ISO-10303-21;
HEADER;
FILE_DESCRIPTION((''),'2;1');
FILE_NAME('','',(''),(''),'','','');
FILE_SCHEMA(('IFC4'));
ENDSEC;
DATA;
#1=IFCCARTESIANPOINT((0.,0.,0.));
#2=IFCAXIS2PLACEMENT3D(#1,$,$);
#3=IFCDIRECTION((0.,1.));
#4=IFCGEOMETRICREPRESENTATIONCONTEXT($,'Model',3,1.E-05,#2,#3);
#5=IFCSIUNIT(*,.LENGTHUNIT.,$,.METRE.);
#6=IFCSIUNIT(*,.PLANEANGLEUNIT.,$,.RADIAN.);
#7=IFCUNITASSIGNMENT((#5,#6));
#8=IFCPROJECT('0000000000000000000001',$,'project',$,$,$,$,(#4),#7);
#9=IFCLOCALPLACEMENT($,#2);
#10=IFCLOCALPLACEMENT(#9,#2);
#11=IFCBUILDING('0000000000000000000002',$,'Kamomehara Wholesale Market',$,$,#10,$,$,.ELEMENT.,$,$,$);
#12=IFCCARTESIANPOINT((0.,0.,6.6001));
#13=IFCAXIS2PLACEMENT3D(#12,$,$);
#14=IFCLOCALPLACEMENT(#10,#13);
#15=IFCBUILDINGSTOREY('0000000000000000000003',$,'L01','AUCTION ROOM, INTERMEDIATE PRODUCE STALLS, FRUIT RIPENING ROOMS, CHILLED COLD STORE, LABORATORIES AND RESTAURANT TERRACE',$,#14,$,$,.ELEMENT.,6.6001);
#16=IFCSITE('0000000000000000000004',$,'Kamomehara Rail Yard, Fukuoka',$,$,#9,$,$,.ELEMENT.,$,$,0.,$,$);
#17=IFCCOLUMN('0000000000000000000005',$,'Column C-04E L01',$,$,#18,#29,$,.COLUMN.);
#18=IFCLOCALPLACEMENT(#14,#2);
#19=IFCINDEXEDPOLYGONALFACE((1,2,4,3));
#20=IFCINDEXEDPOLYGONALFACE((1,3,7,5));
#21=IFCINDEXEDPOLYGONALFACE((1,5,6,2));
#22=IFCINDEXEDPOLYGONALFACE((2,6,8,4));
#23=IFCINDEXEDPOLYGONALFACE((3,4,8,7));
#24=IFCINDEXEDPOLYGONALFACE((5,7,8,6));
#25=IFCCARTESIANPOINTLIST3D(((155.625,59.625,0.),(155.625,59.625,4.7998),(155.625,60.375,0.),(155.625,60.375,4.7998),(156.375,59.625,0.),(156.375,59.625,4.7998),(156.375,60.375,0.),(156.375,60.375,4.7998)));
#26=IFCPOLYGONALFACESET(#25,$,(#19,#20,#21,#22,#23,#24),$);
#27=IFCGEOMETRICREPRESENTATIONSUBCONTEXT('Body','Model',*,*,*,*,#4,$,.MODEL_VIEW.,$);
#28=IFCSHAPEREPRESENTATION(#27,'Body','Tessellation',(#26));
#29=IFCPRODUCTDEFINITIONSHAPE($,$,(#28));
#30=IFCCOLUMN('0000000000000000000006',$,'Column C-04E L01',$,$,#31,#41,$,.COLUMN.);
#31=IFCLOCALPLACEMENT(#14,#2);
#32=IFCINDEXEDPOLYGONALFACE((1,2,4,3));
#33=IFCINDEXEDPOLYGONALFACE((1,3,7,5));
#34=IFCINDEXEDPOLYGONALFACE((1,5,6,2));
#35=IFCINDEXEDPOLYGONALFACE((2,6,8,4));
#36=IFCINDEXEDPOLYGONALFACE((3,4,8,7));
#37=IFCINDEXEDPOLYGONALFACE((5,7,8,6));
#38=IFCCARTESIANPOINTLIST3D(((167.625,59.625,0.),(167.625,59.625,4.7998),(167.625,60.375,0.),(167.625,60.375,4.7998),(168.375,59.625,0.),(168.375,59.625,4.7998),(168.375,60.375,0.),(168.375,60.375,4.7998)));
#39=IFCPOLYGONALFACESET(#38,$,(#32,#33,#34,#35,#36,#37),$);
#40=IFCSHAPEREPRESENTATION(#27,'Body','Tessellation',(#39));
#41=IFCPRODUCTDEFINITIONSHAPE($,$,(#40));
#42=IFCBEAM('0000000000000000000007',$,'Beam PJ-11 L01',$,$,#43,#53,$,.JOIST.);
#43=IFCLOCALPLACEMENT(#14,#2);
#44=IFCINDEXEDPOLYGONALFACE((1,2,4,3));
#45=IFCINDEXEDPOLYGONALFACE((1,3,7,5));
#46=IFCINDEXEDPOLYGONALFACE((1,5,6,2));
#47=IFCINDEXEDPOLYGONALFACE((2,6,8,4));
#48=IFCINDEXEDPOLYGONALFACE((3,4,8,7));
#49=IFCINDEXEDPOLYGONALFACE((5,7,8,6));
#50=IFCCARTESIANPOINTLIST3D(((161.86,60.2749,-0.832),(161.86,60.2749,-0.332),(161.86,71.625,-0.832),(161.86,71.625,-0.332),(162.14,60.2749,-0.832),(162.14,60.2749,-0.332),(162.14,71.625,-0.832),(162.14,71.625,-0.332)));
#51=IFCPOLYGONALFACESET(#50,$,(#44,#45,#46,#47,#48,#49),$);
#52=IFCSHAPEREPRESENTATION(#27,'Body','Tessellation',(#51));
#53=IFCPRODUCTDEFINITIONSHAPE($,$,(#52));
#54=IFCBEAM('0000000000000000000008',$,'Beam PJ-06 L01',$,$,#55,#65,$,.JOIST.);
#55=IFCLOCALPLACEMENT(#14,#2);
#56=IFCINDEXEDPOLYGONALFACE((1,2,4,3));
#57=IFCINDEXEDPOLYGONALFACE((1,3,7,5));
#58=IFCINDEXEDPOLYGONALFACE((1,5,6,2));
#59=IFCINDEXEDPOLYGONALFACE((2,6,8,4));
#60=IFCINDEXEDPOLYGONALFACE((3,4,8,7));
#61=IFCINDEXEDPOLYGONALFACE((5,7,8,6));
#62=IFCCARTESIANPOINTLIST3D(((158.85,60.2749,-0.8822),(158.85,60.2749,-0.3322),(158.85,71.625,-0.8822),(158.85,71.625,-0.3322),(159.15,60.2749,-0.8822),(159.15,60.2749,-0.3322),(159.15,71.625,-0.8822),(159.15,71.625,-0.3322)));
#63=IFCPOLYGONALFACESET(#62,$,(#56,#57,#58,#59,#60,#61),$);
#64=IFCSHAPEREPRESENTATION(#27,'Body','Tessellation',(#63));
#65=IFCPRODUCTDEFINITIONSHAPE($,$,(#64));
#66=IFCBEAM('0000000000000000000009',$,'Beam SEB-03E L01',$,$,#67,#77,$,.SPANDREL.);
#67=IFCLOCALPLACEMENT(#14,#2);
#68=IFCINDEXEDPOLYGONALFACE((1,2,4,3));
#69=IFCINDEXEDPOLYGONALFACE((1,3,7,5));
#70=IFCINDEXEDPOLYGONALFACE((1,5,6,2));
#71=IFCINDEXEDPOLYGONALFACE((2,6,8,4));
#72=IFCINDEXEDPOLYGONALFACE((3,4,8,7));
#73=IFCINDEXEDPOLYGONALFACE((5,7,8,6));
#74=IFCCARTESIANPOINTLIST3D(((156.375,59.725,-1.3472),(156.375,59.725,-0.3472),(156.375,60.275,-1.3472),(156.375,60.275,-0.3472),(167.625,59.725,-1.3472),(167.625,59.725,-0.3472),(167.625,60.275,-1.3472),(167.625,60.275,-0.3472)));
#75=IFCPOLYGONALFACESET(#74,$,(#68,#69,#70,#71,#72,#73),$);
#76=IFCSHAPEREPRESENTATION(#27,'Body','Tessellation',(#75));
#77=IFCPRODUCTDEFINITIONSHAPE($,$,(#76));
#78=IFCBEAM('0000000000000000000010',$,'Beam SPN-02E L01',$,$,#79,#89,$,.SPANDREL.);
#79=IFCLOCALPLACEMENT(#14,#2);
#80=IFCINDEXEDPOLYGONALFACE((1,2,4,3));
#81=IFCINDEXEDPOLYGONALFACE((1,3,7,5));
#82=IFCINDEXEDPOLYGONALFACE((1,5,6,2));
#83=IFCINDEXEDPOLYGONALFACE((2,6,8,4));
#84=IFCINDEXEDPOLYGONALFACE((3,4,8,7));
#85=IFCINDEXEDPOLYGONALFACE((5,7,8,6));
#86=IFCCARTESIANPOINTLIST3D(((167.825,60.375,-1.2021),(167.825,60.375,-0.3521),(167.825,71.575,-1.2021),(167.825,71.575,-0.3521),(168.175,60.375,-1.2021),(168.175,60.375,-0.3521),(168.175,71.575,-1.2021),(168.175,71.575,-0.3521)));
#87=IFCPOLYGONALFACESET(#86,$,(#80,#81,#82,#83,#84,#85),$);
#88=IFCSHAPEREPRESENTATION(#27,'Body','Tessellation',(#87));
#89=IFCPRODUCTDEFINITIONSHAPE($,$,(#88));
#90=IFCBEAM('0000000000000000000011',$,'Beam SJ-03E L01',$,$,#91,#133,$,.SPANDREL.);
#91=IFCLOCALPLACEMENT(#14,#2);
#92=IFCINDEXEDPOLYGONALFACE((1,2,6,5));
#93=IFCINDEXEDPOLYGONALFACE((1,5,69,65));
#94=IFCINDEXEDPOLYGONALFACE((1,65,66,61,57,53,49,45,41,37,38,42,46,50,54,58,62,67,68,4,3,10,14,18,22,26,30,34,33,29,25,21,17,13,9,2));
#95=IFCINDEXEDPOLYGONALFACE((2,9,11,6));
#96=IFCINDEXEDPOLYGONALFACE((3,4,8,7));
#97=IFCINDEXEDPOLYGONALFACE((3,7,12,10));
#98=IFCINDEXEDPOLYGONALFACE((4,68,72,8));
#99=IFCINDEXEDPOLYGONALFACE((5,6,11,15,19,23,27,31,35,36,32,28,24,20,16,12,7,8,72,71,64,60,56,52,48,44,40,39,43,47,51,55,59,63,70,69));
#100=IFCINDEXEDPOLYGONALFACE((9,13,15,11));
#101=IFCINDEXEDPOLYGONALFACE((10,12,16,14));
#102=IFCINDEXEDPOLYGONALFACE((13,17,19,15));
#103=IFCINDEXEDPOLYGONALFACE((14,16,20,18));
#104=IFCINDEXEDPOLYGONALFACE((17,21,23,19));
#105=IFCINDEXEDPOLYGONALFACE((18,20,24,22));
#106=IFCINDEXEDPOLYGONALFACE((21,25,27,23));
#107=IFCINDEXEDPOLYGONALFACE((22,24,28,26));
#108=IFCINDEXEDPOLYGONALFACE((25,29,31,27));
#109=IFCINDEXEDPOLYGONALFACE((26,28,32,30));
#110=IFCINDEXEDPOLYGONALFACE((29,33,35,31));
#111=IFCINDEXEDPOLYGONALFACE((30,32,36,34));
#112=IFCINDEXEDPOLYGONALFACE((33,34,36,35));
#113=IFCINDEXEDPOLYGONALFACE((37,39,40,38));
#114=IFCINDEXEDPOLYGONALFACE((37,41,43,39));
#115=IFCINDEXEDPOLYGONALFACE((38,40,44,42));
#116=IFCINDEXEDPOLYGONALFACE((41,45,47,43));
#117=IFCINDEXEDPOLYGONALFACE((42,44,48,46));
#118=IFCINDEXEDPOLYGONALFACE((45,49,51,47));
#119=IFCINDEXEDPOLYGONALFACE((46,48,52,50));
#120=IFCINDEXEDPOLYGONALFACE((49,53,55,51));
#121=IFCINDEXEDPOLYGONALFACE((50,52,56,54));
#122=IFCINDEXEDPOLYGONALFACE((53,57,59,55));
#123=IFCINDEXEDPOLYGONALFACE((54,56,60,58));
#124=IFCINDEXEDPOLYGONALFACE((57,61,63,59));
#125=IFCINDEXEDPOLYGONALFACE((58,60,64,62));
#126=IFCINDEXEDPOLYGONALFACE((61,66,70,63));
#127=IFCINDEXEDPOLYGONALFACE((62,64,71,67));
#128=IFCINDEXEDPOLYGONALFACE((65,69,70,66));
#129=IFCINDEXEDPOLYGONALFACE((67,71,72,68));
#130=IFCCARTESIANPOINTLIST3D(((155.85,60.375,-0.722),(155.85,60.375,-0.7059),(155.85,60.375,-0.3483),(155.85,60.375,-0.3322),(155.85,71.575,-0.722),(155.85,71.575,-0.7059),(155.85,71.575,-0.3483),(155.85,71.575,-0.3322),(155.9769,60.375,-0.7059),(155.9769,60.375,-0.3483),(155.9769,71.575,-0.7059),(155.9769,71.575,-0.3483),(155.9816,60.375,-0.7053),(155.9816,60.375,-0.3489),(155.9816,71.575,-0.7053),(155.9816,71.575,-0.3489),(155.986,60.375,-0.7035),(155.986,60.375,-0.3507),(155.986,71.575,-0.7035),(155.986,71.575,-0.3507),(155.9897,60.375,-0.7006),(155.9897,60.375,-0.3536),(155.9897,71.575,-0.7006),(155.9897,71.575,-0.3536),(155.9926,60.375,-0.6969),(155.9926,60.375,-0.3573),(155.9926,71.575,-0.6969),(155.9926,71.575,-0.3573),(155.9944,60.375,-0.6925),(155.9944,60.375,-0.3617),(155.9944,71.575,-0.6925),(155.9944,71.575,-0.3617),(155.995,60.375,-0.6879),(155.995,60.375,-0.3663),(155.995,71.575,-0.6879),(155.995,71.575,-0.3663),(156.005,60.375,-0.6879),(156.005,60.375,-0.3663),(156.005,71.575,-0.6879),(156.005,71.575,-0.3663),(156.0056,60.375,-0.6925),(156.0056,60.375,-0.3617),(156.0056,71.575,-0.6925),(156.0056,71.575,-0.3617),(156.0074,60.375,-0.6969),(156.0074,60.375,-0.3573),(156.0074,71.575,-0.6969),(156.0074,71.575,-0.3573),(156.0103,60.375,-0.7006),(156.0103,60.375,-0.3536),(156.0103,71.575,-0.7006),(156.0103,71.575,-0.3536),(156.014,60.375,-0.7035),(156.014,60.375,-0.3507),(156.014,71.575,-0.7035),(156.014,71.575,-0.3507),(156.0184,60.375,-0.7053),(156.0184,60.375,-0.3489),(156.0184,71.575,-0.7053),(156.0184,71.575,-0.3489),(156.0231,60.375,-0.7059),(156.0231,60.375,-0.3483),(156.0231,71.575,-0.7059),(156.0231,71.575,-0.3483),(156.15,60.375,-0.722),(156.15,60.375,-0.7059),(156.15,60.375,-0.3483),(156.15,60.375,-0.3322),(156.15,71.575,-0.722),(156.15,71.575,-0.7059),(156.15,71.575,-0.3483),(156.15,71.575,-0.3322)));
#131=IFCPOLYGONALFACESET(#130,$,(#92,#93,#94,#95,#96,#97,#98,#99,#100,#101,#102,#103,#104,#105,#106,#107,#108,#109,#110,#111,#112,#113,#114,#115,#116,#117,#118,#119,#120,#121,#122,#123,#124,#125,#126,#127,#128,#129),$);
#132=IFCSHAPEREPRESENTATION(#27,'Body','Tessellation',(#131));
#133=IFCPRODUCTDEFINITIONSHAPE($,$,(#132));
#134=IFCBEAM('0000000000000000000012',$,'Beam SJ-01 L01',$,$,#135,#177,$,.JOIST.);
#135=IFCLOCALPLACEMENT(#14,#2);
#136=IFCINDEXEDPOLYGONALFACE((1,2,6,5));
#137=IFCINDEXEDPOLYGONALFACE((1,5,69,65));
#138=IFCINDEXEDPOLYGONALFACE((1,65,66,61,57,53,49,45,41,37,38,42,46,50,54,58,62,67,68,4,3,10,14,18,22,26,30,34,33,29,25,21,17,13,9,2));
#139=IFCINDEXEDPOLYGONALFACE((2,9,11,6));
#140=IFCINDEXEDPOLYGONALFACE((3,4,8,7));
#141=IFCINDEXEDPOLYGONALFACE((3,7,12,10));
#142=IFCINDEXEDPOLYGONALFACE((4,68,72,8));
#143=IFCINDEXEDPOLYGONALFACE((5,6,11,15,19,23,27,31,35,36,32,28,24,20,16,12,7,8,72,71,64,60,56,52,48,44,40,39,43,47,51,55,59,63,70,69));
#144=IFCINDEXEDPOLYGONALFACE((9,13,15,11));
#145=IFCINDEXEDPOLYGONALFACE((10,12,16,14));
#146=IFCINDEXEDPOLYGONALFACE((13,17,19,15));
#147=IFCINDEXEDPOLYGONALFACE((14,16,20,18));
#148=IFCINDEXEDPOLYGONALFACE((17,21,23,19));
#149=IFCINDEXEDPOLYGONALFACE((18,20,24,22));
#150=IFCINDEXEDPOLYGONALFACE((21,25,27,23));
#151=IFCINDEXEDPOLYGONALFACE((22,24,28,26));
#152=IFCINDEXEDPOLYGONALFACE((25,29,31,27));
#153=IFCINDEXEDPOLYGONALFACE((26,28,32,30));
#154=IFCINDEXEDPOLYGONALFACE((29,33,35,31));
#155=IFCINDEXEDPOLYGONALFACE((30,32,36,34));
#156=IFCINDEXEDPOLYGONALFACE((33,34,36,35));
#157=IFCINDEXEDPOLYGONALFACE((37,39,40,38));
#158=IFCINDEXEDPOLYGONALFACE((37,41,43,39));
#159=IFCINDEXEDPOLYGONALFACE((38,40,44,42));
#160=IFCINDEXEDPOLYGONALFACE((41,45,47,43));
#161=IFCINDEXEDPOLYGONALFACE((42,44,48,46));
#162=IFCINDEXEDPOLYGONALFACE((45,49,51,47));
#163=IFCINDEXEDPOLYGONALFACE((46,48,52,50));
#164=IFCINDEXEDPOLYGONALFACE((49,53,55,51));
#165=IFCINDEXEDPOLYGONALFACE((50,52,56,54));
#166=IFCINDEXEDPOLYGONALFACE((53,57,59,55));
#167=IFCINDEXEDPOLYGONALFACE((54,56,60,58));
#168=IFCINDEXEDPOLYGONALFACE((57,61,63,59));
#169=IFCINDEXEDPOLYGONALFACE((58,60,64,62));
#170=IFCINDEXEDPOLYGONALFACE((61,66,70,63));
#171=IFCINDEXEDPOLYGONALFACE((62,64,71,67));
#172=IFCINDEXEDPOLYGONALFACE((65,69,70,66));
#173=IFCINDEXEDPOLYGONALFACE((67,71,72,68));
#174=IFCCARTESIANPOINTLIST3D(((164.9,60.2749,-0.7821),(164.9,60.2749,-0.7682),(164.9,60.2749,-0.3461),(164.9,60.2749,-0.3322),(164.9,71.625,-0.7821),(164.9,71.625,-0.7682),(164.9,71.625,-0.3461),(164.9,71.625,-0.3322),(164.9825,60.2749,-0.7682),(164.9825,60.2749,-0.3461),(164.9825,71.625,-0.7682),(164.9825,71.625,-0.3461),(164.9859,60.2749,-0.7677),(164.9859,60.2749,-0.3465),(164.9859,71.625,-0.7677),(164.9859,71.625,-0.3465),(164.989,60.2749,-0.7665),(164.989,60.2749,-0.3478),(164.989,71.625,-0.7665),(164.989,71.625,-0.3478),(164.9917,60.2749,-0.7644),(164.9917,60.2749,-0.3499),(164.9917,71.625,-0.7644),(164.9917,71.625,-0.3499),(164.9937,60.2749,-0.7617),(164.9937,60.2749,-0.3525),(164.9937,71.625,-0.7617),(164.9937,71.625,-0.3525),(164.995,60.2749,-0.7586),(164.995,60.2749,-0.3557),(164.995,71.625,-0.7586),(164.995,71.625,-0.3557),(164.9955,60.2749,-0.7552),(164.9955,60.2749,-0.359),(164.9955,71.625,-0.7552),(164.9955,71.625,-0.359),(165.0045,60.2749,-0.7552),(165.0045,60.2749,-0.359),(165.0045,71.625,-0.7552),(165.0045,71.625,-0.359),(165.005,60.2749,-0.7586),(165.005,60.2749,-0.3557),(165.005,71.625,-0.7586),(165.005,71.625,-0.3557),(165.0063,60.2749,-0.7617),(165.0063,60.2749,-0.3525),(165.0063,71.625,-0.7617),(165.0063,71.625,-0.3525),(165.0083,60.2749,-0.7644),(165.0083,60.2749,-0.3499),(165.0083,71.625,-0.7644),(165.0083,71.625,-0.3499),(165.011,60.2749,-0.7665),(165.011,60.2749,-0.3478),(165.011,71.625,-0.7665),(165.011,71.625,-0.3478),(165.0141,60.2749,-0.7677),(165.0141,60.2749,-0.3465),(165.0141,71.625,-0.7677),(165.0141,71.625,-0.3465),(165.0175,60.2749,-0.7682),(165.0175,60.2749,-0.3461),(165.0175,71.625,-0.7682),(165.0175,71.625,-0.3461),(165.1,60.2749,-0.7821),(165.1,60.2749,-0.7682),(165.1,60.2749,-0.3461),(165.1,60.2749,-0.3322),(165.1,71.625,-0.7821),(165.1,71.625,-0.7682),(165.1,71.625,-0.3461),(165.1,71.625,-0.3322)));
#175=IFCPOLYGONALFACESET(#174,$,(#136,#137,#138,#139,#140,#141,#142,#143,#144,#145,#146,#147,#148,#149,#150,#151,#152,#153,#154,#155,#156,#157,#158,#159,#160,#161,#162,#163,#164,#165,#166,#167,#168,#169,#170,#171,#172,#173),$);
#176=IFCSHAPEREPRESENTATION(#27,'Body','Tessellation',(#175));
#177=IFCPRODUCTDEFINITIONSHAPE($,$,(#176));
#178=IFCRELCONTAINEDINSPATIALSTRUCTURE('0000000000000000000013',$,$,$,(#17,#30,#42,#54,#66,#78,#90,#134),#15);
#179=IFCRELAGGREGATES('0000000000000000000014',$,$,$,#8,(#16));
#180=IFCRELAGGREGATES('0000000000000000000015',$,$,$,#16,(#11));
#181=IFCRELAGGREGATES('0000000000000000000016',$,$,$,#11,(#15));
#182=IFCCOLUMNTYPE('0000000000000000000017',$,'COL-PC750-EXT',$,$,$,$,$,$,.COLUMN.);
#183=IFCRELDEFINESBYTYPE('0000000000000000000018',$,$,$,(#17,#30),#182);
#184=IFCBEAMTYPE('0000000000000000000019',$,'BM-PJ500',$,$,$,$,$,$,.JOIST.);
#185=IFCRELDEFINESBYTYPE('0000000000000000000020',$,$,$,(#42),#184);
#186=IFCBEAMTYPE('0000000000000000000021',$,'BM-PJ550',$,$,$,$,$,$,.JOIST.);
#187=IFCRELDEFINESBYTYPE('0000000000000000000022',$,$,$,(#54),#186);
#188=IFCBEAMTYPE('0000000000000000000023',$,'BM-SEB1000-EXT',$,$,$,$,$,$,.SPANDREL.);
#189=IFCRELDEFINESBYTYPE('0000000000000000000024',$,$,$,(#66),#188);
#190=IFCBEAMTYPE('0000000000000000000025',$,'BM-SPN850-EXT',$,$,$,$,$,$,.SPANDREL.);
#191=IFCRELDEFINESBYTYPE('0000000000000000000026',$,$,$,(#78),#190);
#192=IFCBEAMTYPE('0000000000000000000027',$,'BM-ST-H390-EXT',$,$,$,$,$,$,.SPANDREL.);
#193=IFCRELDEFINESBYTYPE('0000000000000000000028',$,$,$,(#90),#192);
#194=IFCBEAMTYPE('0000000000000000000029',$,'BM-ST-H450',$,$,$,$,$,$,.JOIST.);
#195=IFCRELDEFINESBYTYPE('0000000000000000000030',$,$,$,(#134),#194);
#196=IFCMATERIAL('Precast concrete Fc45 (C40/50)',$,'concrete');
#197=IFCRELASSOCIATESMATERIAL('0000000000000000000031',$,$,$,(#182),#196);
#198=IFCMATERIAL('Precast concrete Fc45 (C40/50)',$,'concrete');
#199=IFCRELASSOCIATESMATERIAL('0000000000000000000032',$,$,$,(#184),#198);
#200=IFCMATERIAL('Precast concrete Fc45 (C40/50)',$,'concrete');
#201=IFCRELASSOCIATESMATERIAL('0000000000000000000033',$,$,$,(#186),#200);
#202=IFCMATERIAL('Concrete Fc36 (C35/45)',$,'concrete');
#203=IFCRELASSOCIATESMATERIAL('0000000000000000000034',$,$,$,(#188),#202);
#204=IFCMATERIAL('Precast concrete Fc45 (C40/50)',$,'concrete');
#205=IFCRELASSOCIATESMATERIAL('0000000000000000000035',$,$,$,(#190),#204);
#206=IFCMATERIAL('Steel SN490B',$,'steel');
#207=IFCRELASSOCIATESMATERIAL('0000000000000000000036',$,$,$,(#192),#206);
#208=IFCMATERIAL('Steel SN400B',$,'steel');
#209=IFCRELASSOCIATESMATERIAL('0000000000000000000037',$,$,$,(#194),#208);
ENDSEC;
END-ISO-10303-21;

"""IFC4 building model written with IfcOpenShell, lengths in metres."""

from ifc_helpers import new_model, si_unit, direction, frame, origin, origin_2d, place, context, subcontext, project, spatial, rectangle, i_section, extrude, material, material_profile, profile_set, type_object, element, save


model = new_model("IFC4")

# Units and contexts
model_context = context("Model", 3, precision=1e-05, world=origin(), true_north=direction((0.0, 1.0)))
body_context = subcontext(model_context, "Body", "Model", "MODEL_VIEW")
ifc_project = project(units=[si_unit("LENGTHUNIT", "METRE"), si_unit("PLANEANGLEUNIT", "RADIAN")], contexts=[model_context])

# Site, building, storey
site_placement = place(None, origin())
site = spatial("IfcSite", under=ifc_project, at=site_placement, Name="Kamomehara Rail Yard, Fukuoka", CompositionType="ELEMENT", RefElevation=0.0)
building_placement = place(site_placement, origin())
building = spatial("IfcBuilding", under=site, at=building_placement, Name="Kamomehara Wholesale Market", CompositionType="ELEMENT")
storey_placement = place(building_placement, frame((0.0, 0.0, 6.6001)))
storey = spatial("IfcBuildingStorey", under=building, at=storey_placement, Name="L01", Description="AUCTION ROOM, INTERMEDIATE PRODUCE STALLS, FRUIT RIPENING ROOMS, CHILLED COLD STORE, LABORATORIES AND RESTAURANT TERRACE", CompositionType="ELEMENT", Elevation=6.6001)

# Columns
ifc_material_1 = material(Name="Precast concrete Fc45 (C40/50)", Category="concrete")
ifc_material_profile_1 = material_profile(ifc_material_1, rectangle(XDim=0.75, YDim=0.75, at=origin_2d()), Name="PC-COL-750x750")
ifc_profile_set_1 = profile_set([ifc_material_profile_1], Name="Precast concrete Fc45 (C40/50)")
column_type = type_object("IfcColumnType", Name="COL-PC750-EXT", PredefinedType="COLUMN", material=ifc_profile_set_1)
for number, where, z_axis, x_axis, name in (
    (1, (156.0, 60.0, 0.0), (0.0, 0.0, 1.0), (1.0, 0.0, 0.0), "Column C-04E L01"),
    (2, (168.0, 60.0, 0.0), (0.0, 0.0, 1.0), (1.0, 0.0, 0.0), "Column C-04E L01"),
):
    element("IfcColumn", number, at=place(storey_placement, frame(where, z_axis=z_axis, x_axis=x_axis)), inside=storey, type_object=column_type, Name=name, PredefinedType="COLUMN", context=body_context, shape_type="SweptSolid", body=[
        extrude(rectangle(XDim=0.75, YDim=0.75, at=origin_2d()), origin(), (0.0, 0.0, 1.0), 4.7998),
    ])

# Beams
ifc_material_2 = material(Name="Precast concrete Fc45 (C40/50)", Category="concrete")
ifc_material_profile_2 = material_profile(ifc_material_2, rectangle(XDim=0.28, YDim=0.5, at=origin_2d()), Name="PC-JST-280x500")
ifc_profile_set_2 = profile_set([ifc_material_profile_2], Name="Precast concrete Fc45 (C40/50)")
beam_type_1 = type_object("IfcBeamType", Name="BM-PJ500", PredefinedType="JOIST", material=ifc_profile_set_2)
beam_1_placement = place(storey_placement, frame((162.0, 60.2749, -0.582), z_axis=(0.0, 1.0, 0.0), x_axis=(-1.0, 0.0, 0.0)))
element("IfcBeam", 3, at=beam_1_placement, inside=storey, type_object=beam_type_1, Name="Beam PJ-11 L01", PredefinedType="JOIST", context=body_context, shape_type="SweptSolid", body=[
    extrude(rectangle(XDim=0.28, YDim=0.5, at=origin_2d()), origin(), (0.0, 0.0, 1.0), 11.3501),
])
ifc_material_3 = material(Name="Precast concrete Fc45 (C40/50)", Category="concrete")
ifc_material_profile_3 = material_profile(ifc_material_3, rectangle(XDim=0.3, YDim=0.55, at=origin_2d()), Name="PC-JST-300x550")
ifc_profile_set_3 = profile_set([ifc_material_profile_3], Name="Precast concrete Fc45 (C40/50)")
beam_type_2 = type_object("IfcBeamType", Name="BM-PJ550", PredefinedType="JOIST", material=ifc_profile_set_3)
beam_2_placement = place(storey_placement, frame((159.0, 60.2749, -0.6072), z_axis=(0.0, 1.0, 0.0), x_axis=(-1.0, 0.0, 0.0)))
element("IfcBeam", 4, at=beam_2_placement, inside=storey, type_object=beam_type_2, Name="Beam PJ-06 L01", PredefinedType="JOIST", context=body_context, shape_type="SweptSolid", body=[
    extrude(rectangle(XDim=0.3, YDim=0.55, at=origin_2d()), origin(), (0.0, 0.0, 1.0), 11.3501),
])
ifc_material_4 = material(Name="Concrete Fc36 (C35/45)", Category="concrete")
ifc_material_profile_4 = material_profile(ifc_material_4, rectangle(XDim=0.55, YDim=1.0, at=origin_2d()), Name="RC-SEB-550x1000")
ifc_profile_set_4 = profile_set([ifc_material_profile_4], Name="Concrete Fc36 (C35/45)")
beam_type_3 = type_object("IfcBeamType", Name="BM-SEB1000-EXT", PredefinedType="SPANDREL", material=ifc_profile_set_4)
beam_3_placement = place(storey_placement, frame((156.375, 60.0, -0.8472), z_axis=(1.0, 0.0, 0.0), x_axis=(0.0, 1.0, 0.0)))
element("IfcBeam", 5, at=beam_3_placement, inside=storey, type_object=beam_type_3, Name="Beam SEB-03E L01", PredefinedType="SPANDREL", context=body_context, shape_type="SweptSolid", body=[
    extrude(rectangle(XDim=0.55, YDim=1.0, at=origin_2d()), origin(), (0.0, 0.0, 1.0), 11.25),
])
ifc_material_5 = material(Name="Precast concrete Fc45 (C40/50)", Category="concrete")
ifc_material_profile_5 = material_profile(ifc_material_5, rectangle(XDim=0.3501, YDim=0.8501, at=origin_2d()), Name="PC-SPN-350x850")
ifc_profile_set_5 = profile_set([ifc_material_profile_5], Name="Precast concrete Fc45 (C40/50)")
beam_type_4 = type_object("IfcBeamType", Name="BM-SPN850-EXT", PredefinedType="SPANDREL", material=ifc_profile_set_5)
beam_4_placement = place(storey_placement, frame((168.0, 60.375, -0.7771), z_axis=(0.0, 1.0, 0.0), x_axis=(-1.0, 0.0, 0.0)))
element("IfcBeam", 6, at=beam_4_placement, inside=storey, type_object=beam_type_4, Name="Beam SPN-02E L01", PredefinedType="SPANDREL", context=body_context, shape_type="SweptSolid", body=[
    extrude(rectangle(XDim=0.3501, YDim=0.8501, at=origin_2d()), origin(), (0.0, 0.0, 1.0), 11.2),
])
ifc_material_6 = material(Name="Steel SN490B", Category="steel")
ifc_material_profile_6 = material_profile(ifc_material_6, i_section(OverallWidth=0.3, OverallDepth=0.3899, WebThickness=0.01, FlangeThickness=0.0161, FilletRadius=0.0181, at=origin_2d()), Name="H-390x300x10x16")
ifc_profile_set_6 = profile_set([ifc_material_profile_6], Name="Steel SN490B")
beam_type_5 = type_object("IfcBeamType", Name="BM-ST-H390-EXT", PredefinedType="SPANDREL", material=ifc_profile_set_6)
beam_5_placement = place(storey_placement, frame((156.0, 60.375, -0.5271), z_axis=(0.0, 1.0, 0.0), x_axis=(-1.0, 0.0, 0.0)))
element("IfcBeam", 7, at=beam_5_placement, inside=storey, type_object=beam_type_5, Name="Beam SJ-03E L01", PredefinedType="SPANDREL", context=body_context, shape_type="SweptSolid", body=[
    extrude(i_section(OverallWidth=0.3, OverallDepth=0.3899, WebThickness=0.01, FlangeThickness=0.0161, FilletRadius=0.0181, at=origin_2d()), origin(), (0.0, 0.0, 1.0), 11.2),
])
ifc_material_7 = material(Name="Steel SN400B", Category="steel")
ifc_material_profile_7 = material_profile(ifc_material_7, i_section(OverallWidth=0.2, OverallDepth=0.45, WebThickness=0.009, FlangeThickness=0.0139, FilletRadius=0.0129, at=origin_2d()), Name="H-450x200x9x14")
ifc_profile_set_7 = profile_set([ifc_material_profile_7], Name="Steel SN400B")
beam_type_6 = type_object("IfcBeamType", Name="BM-ST-H450", PredefinedType="JOIST", material=ifc_profile_set_7)
beam_6_placement = place(storey_placement, frame((165.0, 60.2749, -0.5571), z_axis=(0.0, 1.0, 0.0), x_axis=(-1.0, 0.0, 0.0)))
element("IfcBeam", 8, at=beam_6_placement, inside=storey, type_object=beam_type_6, Name="Beam SJ-01 L01", PredefinedType="JOIST", context=body_context, shape_type="SweptSolid", body=[
    extrude(i_section(OverallWidth=0.2, OverallDepth=0.45, WebThickness=0.009, FlangeThickness=0.0139, FilletRadius=0.0129, at=origin_2d()), origin(), (0.0, 0.0, 1.0), 11.3501),
])

save(model, "model.ifc")
